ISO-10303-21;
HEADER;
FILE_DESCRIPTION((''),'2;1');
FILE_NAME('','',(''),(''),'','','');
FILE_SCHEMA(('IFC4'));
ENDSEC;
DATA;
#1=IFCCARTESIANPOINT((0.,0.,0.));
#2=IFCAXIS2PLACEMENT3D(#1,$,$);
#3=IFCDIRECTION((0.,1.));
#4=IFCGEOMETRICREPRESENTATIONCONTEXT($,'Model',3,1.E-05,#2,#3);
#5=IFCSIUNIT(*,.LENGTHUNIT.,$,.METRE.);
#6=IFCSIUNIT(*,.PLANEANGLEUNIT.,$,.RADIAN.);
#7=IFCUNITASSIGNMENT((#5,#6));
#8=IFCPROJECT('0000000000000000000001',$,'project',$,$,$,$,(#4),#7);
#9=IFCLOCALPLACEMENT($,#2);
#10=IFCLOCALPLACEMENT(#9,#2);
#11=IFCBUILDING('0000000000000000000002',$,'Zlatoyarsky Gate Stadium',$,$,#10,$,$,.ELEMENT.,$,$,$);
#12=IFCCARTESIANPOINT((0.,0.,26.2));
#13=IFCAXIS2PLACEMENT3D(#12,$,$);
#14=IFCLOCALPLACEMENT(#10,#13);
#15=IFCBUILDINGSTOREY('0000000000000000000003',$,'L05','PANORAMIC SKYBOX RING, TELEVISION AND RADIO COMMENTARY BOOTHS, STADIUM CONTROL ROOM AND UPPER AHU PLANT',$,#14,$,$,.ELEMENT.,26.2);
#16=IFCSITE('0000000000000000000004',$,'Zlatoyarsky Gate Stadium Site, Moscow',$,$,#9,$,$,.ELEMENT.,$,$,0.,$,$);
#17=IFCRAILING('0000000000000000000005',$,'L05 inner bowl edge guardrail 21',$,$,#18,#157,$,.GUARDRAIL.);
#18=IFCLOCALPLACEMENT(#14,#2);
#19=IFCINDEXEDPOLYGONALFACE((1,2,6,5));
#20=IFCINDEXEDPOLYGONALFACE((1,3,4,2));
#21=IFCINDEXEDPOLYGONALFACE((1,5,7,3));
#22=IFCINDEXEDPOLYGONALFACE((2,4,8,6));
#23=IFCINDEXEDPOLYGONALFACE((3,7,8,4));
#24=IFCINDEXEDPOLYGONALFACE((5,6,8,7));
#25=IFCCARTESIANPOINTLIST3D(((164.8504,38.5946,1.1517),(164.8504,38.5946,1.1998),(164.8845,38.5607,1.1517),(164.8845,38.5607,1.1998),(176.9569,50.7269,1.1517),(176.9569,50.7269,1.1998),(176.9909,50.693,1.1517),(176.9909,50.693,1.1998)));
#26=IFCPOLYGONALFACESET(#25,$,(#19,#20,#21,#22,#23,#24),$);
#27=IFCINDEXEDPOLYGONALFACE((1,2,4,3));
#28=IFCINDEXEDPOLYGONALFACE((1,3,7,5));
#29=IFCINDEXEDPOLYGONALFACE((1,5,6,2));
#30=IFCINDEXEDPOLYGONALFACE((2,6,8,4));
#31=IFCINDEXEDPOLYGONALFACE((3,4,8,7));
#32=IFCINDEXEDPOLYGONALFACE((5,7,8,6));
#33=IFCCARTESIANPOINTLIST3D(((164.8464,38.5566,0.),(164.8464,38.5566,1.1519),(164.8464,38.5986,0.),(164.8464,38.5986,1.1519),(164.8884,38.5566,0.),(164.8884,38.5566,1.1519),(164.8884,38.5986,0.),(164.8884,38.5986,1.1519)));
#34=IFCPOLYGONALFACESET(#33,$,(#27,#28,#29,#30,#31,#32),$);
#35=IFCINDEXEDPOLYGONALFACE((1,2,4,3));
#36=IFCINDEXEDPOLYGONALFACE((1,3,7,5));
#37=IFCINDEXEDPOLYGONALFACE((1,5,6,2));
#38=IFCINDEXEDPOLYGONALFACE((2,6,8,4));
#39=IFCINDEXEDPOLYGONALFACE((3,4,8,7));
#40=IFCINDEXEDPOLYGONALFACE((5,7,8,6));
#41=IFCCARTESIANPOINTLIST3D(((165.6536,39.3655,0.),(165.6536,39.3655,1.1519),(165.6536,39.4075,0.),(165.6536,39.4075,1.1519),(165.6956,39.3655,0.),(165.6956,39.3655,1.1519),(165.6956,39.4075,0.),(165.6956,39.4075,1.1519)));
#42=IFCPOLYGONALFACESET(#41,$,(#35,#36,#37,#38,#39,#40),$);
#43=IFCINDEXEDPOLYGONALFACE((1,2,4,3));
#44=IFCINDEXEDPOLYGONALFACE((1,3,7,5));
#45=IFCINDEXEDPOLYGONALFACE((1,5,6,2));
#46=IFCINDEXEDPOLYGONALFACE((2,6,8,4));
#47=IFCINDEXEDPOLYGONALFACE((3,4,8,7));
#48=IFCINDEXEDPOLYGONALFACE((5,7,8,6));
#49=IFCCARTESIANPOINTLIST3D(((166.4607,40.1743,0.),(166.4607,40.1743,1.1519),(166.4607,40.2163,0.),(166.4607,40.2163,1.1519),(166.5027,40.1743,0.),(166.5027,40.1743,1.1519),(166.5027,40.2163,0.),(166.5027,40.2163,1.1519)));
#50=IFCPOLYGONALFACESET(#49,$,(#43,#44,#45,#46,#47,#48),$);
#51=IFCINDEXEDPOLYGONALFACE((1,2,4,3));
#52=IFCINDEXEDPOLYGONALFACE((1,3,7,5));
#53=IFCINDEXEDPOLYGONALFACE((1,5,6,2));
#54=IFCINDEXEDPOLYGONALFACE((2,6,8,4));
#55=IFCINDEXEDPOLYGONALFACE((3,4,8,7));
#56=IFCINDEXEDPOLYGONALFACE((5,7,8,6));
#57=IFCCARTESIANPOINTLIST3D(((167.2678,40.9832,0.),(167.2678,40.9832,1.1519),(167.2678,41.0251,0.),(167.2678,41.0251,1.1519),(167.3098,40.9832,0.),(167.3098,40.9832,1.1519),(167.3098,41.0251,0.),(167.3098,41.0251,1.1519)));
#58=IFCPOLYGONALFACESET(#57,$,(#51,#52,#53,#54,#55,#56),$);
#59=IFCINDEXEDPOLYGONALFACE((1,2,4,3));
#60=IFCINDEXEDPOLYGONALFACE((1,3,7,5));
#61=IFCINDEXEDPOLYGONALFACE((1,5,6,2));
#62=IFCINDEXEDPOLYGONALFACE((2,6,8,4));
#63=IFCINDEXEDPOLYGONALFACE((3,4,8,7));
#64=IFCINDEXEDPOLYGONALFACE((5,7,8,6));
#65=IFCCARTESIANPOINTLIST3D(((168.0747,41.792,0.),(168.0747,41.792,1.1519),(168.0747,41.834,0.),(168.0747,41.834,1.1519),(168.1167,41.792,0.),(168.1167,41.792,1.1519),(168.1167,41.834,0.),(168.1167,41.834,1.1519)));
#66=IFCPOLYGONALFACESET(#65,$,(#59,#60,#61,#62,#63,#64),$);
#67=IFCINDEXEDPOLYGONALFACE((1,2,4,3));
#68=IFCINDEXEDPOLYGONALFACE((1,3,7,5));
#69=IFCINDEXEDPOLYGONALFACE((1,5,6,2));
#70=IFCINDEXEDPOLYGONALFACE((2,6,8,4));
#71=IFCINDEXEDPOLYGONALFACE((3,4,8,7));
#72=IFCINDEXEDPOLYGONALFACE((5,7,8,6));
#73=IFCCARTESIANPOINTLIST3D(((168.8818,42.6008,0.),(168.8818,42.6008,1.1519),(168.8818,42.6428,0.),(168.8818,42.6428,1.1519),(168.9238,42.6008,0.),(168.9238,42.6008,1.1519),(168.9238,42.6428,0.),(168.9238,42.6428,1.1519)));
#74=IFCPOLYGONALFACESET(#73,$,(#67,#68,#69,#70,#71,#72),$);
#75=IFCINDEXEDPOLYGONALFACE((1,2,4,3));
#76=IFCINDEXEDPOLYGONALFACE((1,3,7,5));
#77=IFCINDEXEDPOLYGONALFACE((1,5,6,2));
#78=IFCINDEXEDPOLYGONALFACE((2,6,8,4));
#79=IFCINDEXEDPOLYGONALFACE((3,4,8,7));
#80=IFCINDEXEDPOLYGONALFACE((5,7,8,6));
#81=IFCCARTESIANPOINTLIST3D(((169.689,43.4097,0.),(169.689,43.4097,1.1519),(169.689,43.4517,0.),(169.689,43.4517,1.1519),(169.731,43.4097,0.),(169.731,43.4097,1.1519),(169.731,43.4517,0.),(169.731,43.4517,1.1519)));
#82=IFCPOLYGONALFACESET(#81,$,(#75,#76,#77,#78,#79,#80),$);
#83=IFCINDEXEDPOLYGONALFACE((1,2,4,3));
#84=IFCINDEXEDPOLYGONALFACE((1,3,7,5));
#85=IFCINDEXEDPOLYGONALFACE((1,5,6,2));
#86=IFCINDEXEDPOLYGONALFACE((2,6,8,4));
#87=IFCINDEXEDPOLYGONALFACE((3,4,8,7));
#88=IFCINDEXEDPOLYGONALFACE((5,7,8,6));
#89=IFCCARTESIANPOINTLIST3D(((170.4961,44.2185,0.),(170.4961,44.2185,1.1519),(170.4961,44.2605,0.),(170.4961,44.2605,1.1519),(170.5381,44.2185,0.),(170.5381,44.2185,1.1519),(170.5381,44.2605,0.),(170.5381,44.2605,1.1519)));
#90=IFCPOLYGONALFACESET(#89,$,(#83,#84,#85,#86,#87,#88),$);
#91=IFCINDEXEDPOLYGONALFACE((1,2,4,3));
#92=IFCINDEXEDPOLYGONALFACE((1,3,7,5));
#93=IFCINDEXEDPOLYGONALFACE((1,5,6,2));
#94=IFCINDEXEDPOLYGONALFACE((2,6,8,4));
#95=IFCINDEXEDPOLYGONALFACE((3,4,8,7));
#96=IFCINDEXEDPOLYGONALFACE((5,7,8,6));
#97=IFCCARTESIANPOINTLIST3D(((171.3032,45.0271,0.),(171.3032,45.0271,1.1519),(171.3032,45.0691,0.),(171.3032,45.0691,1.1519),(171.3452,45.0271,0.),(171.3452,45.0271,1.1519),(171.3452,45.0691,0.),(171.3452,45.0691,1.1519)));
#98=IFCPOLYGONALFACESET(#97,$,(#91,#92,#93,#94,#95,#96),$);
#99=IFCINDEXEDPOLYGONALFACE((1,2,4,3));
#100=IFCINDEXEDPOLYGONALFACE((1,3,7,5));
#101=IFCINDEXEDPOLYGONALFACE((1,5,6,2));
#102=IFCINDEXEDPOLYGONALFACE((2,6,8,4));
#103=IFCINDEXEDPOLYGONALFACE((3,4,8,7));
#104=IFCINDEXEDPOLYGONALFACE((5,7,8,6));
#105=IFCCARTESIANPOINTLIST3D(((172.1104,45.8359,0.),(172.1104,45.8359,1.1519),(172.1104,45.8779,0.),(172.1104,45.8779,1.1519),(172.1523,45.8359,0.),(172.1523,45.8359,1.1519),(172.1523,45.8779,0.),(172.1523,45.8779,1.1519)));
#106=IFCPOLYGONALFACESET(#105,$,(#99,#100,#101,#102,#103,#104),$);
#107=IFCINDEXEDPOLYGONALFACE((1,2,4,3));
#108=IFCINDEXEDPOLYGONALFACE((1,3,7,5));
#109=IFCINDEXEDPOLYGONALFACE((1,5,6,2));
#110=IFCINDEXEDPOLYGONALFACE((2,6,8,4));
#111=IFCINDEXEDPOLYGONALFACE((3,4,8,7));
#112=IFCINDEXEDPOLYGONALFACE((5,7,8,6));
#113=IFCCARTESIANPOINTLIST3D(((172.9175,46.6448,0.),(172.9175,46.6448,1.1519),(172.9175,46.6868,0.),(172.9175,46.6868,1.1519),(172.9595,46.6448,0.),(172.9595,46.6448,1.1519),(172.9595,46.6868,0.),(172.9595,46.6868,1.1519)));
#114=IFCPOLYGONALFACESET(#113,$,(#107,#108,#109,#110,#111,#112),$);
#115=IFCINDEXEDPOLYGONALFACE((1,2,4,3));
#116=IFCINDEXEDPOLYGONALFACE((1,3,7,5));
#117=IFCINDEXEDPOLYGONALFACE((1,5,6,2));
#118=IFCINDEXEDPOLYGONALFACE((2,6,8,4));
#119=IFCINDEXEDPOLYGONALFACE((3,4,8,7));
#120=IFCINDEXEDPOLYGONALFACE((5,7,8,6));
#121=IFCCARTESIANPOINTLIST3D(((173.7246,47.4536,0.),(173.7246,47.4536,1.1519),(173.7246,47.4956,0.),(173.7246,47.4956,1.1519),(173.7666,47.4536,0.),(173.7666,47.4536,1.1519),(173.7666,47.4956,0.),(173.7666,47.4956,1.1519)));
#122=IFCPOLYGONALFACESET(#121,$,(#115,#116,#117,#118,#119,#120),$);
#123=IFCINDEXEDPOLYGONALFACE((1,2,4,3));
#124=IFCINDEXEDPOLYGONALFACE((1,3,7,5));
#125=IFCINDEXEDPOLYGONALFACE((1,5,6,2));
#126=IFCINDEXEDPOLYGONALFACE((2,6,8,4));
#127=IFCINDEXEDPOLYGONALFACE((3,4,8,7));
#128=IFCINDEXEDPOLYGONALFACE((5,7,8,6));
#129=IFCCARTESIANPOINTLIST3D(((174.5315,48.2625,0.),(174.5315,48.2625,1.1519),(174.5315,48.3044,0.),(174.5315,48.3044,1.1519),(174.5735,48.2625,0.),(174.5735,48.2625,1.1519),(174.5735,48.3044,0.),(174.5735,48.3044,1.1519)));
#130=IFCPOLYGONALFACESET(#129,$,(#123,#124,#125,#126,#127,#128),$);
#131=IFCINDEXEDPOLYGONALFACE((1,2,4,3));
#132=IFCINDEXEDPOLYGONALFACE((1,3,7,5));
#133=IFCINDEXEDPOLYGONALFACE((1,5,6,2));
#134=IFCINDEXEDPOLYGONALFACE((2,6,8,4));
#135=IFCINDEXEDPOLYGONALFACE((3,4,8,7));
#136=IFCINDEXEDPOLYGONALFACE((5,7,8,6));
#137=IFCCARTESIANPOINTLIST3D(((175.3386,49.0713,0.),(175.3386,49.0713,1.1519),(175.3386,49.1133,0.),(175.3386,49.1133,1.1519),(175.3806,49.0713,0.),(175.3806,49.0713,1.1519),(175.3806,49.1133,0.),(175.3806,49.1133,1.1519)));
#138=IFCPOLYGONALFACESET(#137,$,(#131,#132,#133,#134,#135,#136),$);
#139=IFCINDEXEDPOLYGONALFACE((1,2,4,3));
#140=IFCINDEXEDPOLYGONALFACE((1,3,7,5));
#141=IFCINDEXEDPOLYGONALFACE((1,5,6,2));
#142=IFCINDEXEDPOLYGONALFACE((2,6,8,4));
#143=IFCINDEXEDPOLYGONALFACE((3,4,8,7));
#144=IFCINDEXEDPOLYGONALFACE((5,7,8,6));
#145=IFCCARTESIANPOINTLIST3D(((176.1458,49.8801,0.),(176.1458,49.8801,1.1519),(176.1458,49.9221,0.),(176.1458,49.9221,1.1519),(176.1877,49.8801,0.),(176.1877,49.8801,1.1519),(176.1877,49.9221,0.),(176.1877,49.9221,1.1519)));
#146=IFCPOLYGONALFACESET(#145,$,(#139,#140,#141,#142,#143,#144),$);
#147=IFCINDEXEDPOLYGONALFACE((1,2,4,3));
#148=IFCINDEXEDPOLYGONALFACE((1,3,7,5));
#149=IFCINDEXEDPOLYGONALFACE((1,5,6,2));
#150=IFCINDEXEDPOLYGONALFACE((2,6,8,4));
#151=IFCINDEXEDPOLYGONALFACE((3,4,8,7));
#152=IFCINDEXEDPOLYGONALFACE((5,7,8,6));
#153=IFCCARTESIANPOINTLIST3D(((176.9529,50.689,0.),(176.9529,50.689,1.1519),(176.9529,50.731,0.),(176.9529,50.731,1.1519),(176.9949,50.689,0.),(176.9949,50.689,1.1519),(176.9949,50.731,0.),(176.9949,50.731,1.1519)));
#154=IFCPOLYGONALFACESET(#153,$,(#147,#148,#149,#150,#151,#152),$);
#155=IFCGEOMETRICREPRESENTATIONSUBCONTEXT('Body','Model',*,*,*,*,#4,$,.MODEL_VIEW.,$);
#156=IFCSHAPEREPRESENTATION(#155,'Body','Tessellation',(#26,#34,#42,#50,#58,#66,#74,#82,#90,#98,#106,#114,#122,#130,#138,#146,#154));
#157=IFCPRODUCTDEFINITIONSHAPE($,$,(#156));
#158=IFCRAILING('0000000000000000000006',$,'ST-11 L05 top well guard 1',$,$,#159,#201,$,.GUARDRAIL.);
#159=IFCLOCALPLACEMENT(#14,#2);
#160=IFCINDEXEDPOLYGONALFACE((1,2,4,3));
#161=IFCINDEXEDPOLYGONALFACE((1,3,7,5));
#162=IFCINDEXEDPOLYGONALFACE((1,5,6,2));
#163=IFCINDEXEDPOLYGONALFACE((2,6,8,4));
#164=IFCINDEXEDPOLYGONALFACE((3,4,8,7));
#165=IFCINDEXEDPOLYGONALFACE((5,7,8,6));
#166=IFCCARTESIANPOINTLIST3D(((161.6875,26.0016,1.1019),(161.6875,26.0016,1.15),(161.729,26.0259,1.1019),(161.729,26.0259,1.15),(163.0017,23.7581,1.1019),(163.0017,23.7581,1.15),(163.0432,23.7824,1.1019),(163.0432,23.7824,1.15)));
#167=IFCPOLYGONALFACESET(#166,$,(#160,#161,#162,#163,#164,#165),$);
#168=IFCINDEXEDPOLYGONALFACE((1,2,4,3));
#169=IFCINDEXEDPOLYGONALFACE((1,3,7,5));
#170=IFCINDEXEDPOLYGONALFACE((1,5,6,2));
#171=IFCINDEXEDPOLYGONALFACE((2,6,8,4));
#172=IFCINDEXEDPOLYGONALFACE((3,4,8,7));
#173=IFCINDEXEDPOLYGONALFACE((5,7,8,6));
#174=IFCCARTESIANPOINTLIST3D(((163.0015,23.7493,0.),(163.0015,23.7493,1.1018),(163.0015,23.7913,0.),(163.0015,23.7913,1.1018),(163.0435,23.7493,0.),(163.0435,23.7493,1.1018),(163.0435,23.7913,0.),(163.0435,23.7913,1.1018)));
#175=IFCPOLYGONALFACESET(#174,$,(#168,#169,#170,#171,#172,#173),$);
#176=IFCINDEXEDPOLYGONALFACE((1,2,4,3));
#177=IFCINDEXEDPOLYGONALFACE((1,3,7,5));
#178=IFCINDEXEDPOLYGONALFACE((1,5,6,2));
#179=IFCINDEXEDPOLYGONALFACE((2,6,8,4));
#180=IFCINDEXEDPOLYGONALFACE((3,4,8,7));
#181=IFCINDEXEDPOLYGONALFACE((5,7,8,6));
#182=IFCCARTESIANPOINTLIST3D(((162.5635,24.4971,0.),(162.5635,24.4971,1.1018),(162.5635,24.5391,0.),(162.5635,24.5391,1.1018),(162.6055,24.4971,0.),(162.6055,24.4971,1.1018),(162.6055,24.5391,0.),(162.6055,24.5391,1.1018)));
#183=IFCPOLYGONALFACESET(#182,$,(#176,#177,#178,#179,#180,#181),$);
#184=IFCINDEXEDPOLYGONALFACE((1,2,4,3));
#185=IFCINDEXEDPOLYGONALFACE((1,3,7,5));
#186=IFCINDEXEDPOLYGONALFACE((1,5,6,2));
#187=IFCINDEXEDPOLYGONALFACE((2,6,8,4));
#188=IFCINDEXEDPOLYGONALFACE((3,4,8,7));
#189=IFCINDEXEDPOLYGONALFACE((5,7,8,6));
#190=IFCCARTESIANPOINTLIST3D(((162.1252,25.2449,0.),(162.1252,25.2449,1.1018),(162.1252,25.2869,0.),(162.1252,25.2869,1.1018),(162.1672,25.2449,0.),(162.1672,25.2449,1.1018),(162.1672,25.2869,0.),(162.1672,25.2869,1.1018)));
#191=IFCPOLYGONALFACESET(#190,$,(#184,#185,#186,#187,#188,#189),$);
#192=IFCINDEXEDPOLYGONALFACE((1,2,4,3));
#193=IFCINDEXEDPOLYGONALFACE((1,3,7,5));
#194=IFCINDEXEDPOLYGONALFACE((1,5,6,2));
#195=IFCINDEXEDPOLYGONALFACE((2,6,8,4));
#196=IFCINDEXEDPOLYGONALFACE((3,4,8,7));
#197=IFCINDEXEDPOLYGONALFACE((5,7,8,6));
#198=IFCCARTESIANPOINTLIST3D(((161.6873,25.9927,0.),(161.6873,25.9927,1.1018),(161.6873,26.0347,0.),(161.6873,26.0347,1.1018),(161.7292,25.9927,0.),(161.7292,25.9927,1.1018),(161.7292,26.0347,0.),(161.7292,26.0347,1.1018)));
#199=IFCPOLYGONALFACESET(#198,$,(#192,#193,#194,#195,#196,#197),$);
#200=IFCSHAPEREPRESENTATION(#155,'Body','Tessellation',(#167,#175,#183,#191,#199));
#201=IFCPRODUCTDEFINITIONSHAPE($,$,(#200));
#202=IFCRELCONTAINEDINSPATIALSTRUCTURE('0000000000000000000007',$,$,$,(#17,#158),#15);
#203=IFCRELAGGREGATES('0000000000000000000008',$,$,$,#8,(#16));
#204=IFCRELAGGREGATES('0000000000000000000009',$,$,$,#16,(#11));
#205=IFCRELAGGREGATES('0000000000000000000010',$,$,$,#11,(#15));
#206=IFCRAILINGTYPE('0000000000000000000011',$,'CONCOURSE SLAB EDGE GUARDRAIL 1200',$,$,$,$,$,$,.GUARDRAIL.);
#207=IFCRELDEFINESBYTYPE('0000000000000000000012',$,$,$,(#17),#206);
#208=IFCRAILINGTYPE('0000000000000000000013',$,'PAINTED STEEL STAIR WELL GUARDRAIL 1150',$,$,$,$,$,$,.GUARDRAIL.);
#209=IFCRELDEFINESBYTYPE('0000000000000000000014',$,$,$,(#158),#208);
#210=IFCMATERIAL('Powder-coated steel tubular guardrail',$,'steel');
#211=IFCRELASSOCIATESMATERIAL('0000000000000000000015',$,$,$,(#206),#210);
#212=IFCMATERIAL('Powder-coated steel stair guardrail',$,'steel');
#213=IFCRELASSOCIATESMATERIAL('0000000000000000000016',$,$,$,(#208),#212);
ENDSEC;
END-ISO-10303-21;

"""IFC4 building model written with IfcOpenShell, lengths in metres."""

from ifc_helpers import new_model, si_unit, direction, frame, origin, origin_2d, place, context, subcontext, project, spatial, rectangle, extrude, material, type_object, element, save


model = new_model("IFC4")

# Units and contexts
model_context = context("Model", 3, precision=1e-05, world=origin(), true_north=direction((0.0, 1.0)))
body_context = subcontext(model_context, "Body", "Model", "MODEL_VIEW")
ifc_project = project(units=[si_unit("LENGTHUNIT", "METRE"), si_unit("PLANEANGLEUNIT", "RADIAN")], contexts=[model_context])

# Site, building, storey
site_placement = place(None, origin())
site = spatial("IfcSite", under=ifc_project, at=site_placement, Name="Zlatoyarsky Gate Stadium Site, Moscow", CompositionType="ELEMENT", RefElevation=0.0)
building_placement = place(site_placement, origin())
building = spatial("IfcBuilding", under=site, at=building_placement, Name="Zlatoyarsky Gate Stadium", CompositionType="ELEMENT")
storey_placement = place(building_placement, frame((0.0, 0.0, 26.2)))
storey = spatial("IfcBuildingStorey", under=building, at=storey_placement, Name="L05", Description="PANORAMIC SKYBOX RING, TELEVISION AND RADIO COMMENTARY BOOTHS, STADIUM CONTROL ROOM AND UPPER AHU PLANT", CompositionType="ELEMENT", Elevation=26.2)

# Railings
ifc_material_1 = material(Name="Powder-coated steel tubular guardrail", Category="steel")
railing_type_1 = type_object("IfcRailingType", Name="CONCOURSE SLAB EDGE GUARDRAIL 1200", PredefinedType="GUARDRAIL", material=ifc_material_1)
railing_1_placement = place(storey_placement, frame((164.8674, 38.5776, 0.0)))
element("IfcRailing", 1, at=railing_1_placement, inside=storey, type_object=railing_type_1, Name="L05 inner bowl edge guardrail 21", PredefinedType="GUARDRAIL", context=body_context, shape_type="SweptSolid", body=[
    extrude(rectangle(XDim=0.0481, YDim=0.0481, at=origin_2d()), frame((0.0, 0.0, 1.1758), z_axis=(0.706351, 0.707861, 0.0), x_axis=(-0.707861, 0.706351, 0.0)), (0.0, 0.0, 1.0), 17.1394),
    extrude(rectangle(XDim=0.042, YDim=0.042, at=origin_2d()), origin(), (0.0, 0.0, 1.0), 1.1519),
    extrude(rectangle(XDim=0.042, YDim=0.042, at=origin_2d()), frame((0.8071, 0.8088, 0.0)), (0.0, 0.0, 1.0), 1.1519),
    extrude(rectangle(XDim=0.042, YDim=0.042, at=origin_2d()), frame((1.6143, 1.6177, 0.0)), (0.0, 0.0, 1.0), 1.1519),
    extrude(rectangle(XDim=0.042, YDim=0.042, at=origin_2d()), frame((2.4214, 2.4265, 0.0)), (0.0, 0.0, 1.0), 1.1519),
    extrude(rectangle(XDim=0.042, YDim=0.042, at=origin_2d()), frame((3.2283, 3.2354, 0.0)), (0.0, 0.0, 1.0), 1.1519),
    extrude(rectangle(XDim=0.042, YDim=0.042, at=origin_2d()), frame((4.0354, 4.0442, 0.0)), (0.0, 0.0, 1.0), 1.1519),
    extrude(rectangle(XDim=0.042, YDim=0.042, at=origin_2d()), frame((4.8425, 4.853, 0.0)), (0.0, 0.0, 1.0), 1.1519),
    extrude(rectangle(XDim=0.042, YDim=0.042, at=origin_2d()), frame((5.6497, 5.6619, 0.0)), (0.0, 0.0, 1.0), 1.1519),
    extrude(rectangle(XDim=0.042, YDim=0.042, at=origin_2d()), frame((6.4568, 6.4705, 0.0)), (0.0, 0.0, 1.0), 1.1519),
    extrude(rectangle(XDim=0.042, YDim=0.042, at=origin_2d()), frame((7.2639, 7.2793, 0.0)), (0.0, 0.0, 1.0), 1.1519),
    extrude(rectangle(XDim=0.042, YDim=0.042, at=origin_2d()), frame((8.071, 8.0881, 0.0)), (0.0, 0.0, 1.0), 1.1519),
    extrude(rectangle(XDim=0.042, YDim=0.042, at=origin_2d()), frame((8.8782, 8.897, 0.0)), (0.0, 0.0, 1.0), 1.1519),
    extrude(rectangle(XDim=0.042, YDim=0.042, at=origin_2d()), frame((9.6851, 9.7058, 0.0)), (0.0, 0.0, 1.0), 1.1519),
    extrude(rectangle(XDim=0.042, YDim=0.042, at=origin_2d()), frame((10.4922, 10.5146, 0.0)), (0.0, 0.0, 1.0), 1.1519),
    extrude(rectangle(XDim=0.042, YDim=0.042, at=origin_2d()), frame((11.2993, 11.3235, 0.0)), (0.0, 0.0, 1.0), 1.1519),
    extrude(rectangle(XDim=0.042, YDim=0.042, at=origin_2d()), frame((12.1064, 12.1323, 0.0)), (0.0, 0.0, 1.0), 1.1519),
])
ifc_material_2 = material(Name="Powder-coated steel stair guardrail", Category="steel")
railing_type_2 = type_object("IfcRailingType", Name="PAINTED STEEL STAIR WELL GUARDRAIL 1150", PredefinedType="GUARDRAIL", material=ifc_material_2)
railing_2_placement = place(storey_placement, frame((163.0225, 23.7703, 0.0)))
element("IfcRailing", 2, at=railing_2_placement, inside=storey, type_object=railing_type_2, Name="ST-11 L05 top well guard 1", PredefinedType="GUARDRAIL", context=body_context, shape_type="SweptSolid", body=[
    extrude(rectangle(XDim=0.0481, YDim=0.0481, at=origin_2d()), frame((0.0, 0.0, 1.126), z_axis=(-0.505464, 0.862848, 0.0), x_axis=(-0.862848, -0.505464, 0.0)), (0.0, 0.0, 1.0), 2.6001),
    extrude(rectangle(XDim=0.042, YDim=0.042, at=origin_2d()), origin(), (0.0, 0.0, 1.0), 1.1018),
    extrude(rectangle(XDim=0.042, YDim=0.042, at=origin_2d()), frame((-0.438, 0.7478, 0.0)), (0.0, 0.0, 1.0), 1.1018),
    extrude(rectangle(XDim=0.042, YDim=0.042, at=origin_2d()), frame((-0.8762, 1.4956, 0.0)), (0.0, 0.0, 1.0), 1.1018),
    extrude(rectangle(XDim=0.042, YDim=0.042, at=origin_2d()), frame((-1.3142, 2.2434, 0.0)), (0.0, 0.0, 1.0), 1.1018),
])

save(model, "model.ifc")
